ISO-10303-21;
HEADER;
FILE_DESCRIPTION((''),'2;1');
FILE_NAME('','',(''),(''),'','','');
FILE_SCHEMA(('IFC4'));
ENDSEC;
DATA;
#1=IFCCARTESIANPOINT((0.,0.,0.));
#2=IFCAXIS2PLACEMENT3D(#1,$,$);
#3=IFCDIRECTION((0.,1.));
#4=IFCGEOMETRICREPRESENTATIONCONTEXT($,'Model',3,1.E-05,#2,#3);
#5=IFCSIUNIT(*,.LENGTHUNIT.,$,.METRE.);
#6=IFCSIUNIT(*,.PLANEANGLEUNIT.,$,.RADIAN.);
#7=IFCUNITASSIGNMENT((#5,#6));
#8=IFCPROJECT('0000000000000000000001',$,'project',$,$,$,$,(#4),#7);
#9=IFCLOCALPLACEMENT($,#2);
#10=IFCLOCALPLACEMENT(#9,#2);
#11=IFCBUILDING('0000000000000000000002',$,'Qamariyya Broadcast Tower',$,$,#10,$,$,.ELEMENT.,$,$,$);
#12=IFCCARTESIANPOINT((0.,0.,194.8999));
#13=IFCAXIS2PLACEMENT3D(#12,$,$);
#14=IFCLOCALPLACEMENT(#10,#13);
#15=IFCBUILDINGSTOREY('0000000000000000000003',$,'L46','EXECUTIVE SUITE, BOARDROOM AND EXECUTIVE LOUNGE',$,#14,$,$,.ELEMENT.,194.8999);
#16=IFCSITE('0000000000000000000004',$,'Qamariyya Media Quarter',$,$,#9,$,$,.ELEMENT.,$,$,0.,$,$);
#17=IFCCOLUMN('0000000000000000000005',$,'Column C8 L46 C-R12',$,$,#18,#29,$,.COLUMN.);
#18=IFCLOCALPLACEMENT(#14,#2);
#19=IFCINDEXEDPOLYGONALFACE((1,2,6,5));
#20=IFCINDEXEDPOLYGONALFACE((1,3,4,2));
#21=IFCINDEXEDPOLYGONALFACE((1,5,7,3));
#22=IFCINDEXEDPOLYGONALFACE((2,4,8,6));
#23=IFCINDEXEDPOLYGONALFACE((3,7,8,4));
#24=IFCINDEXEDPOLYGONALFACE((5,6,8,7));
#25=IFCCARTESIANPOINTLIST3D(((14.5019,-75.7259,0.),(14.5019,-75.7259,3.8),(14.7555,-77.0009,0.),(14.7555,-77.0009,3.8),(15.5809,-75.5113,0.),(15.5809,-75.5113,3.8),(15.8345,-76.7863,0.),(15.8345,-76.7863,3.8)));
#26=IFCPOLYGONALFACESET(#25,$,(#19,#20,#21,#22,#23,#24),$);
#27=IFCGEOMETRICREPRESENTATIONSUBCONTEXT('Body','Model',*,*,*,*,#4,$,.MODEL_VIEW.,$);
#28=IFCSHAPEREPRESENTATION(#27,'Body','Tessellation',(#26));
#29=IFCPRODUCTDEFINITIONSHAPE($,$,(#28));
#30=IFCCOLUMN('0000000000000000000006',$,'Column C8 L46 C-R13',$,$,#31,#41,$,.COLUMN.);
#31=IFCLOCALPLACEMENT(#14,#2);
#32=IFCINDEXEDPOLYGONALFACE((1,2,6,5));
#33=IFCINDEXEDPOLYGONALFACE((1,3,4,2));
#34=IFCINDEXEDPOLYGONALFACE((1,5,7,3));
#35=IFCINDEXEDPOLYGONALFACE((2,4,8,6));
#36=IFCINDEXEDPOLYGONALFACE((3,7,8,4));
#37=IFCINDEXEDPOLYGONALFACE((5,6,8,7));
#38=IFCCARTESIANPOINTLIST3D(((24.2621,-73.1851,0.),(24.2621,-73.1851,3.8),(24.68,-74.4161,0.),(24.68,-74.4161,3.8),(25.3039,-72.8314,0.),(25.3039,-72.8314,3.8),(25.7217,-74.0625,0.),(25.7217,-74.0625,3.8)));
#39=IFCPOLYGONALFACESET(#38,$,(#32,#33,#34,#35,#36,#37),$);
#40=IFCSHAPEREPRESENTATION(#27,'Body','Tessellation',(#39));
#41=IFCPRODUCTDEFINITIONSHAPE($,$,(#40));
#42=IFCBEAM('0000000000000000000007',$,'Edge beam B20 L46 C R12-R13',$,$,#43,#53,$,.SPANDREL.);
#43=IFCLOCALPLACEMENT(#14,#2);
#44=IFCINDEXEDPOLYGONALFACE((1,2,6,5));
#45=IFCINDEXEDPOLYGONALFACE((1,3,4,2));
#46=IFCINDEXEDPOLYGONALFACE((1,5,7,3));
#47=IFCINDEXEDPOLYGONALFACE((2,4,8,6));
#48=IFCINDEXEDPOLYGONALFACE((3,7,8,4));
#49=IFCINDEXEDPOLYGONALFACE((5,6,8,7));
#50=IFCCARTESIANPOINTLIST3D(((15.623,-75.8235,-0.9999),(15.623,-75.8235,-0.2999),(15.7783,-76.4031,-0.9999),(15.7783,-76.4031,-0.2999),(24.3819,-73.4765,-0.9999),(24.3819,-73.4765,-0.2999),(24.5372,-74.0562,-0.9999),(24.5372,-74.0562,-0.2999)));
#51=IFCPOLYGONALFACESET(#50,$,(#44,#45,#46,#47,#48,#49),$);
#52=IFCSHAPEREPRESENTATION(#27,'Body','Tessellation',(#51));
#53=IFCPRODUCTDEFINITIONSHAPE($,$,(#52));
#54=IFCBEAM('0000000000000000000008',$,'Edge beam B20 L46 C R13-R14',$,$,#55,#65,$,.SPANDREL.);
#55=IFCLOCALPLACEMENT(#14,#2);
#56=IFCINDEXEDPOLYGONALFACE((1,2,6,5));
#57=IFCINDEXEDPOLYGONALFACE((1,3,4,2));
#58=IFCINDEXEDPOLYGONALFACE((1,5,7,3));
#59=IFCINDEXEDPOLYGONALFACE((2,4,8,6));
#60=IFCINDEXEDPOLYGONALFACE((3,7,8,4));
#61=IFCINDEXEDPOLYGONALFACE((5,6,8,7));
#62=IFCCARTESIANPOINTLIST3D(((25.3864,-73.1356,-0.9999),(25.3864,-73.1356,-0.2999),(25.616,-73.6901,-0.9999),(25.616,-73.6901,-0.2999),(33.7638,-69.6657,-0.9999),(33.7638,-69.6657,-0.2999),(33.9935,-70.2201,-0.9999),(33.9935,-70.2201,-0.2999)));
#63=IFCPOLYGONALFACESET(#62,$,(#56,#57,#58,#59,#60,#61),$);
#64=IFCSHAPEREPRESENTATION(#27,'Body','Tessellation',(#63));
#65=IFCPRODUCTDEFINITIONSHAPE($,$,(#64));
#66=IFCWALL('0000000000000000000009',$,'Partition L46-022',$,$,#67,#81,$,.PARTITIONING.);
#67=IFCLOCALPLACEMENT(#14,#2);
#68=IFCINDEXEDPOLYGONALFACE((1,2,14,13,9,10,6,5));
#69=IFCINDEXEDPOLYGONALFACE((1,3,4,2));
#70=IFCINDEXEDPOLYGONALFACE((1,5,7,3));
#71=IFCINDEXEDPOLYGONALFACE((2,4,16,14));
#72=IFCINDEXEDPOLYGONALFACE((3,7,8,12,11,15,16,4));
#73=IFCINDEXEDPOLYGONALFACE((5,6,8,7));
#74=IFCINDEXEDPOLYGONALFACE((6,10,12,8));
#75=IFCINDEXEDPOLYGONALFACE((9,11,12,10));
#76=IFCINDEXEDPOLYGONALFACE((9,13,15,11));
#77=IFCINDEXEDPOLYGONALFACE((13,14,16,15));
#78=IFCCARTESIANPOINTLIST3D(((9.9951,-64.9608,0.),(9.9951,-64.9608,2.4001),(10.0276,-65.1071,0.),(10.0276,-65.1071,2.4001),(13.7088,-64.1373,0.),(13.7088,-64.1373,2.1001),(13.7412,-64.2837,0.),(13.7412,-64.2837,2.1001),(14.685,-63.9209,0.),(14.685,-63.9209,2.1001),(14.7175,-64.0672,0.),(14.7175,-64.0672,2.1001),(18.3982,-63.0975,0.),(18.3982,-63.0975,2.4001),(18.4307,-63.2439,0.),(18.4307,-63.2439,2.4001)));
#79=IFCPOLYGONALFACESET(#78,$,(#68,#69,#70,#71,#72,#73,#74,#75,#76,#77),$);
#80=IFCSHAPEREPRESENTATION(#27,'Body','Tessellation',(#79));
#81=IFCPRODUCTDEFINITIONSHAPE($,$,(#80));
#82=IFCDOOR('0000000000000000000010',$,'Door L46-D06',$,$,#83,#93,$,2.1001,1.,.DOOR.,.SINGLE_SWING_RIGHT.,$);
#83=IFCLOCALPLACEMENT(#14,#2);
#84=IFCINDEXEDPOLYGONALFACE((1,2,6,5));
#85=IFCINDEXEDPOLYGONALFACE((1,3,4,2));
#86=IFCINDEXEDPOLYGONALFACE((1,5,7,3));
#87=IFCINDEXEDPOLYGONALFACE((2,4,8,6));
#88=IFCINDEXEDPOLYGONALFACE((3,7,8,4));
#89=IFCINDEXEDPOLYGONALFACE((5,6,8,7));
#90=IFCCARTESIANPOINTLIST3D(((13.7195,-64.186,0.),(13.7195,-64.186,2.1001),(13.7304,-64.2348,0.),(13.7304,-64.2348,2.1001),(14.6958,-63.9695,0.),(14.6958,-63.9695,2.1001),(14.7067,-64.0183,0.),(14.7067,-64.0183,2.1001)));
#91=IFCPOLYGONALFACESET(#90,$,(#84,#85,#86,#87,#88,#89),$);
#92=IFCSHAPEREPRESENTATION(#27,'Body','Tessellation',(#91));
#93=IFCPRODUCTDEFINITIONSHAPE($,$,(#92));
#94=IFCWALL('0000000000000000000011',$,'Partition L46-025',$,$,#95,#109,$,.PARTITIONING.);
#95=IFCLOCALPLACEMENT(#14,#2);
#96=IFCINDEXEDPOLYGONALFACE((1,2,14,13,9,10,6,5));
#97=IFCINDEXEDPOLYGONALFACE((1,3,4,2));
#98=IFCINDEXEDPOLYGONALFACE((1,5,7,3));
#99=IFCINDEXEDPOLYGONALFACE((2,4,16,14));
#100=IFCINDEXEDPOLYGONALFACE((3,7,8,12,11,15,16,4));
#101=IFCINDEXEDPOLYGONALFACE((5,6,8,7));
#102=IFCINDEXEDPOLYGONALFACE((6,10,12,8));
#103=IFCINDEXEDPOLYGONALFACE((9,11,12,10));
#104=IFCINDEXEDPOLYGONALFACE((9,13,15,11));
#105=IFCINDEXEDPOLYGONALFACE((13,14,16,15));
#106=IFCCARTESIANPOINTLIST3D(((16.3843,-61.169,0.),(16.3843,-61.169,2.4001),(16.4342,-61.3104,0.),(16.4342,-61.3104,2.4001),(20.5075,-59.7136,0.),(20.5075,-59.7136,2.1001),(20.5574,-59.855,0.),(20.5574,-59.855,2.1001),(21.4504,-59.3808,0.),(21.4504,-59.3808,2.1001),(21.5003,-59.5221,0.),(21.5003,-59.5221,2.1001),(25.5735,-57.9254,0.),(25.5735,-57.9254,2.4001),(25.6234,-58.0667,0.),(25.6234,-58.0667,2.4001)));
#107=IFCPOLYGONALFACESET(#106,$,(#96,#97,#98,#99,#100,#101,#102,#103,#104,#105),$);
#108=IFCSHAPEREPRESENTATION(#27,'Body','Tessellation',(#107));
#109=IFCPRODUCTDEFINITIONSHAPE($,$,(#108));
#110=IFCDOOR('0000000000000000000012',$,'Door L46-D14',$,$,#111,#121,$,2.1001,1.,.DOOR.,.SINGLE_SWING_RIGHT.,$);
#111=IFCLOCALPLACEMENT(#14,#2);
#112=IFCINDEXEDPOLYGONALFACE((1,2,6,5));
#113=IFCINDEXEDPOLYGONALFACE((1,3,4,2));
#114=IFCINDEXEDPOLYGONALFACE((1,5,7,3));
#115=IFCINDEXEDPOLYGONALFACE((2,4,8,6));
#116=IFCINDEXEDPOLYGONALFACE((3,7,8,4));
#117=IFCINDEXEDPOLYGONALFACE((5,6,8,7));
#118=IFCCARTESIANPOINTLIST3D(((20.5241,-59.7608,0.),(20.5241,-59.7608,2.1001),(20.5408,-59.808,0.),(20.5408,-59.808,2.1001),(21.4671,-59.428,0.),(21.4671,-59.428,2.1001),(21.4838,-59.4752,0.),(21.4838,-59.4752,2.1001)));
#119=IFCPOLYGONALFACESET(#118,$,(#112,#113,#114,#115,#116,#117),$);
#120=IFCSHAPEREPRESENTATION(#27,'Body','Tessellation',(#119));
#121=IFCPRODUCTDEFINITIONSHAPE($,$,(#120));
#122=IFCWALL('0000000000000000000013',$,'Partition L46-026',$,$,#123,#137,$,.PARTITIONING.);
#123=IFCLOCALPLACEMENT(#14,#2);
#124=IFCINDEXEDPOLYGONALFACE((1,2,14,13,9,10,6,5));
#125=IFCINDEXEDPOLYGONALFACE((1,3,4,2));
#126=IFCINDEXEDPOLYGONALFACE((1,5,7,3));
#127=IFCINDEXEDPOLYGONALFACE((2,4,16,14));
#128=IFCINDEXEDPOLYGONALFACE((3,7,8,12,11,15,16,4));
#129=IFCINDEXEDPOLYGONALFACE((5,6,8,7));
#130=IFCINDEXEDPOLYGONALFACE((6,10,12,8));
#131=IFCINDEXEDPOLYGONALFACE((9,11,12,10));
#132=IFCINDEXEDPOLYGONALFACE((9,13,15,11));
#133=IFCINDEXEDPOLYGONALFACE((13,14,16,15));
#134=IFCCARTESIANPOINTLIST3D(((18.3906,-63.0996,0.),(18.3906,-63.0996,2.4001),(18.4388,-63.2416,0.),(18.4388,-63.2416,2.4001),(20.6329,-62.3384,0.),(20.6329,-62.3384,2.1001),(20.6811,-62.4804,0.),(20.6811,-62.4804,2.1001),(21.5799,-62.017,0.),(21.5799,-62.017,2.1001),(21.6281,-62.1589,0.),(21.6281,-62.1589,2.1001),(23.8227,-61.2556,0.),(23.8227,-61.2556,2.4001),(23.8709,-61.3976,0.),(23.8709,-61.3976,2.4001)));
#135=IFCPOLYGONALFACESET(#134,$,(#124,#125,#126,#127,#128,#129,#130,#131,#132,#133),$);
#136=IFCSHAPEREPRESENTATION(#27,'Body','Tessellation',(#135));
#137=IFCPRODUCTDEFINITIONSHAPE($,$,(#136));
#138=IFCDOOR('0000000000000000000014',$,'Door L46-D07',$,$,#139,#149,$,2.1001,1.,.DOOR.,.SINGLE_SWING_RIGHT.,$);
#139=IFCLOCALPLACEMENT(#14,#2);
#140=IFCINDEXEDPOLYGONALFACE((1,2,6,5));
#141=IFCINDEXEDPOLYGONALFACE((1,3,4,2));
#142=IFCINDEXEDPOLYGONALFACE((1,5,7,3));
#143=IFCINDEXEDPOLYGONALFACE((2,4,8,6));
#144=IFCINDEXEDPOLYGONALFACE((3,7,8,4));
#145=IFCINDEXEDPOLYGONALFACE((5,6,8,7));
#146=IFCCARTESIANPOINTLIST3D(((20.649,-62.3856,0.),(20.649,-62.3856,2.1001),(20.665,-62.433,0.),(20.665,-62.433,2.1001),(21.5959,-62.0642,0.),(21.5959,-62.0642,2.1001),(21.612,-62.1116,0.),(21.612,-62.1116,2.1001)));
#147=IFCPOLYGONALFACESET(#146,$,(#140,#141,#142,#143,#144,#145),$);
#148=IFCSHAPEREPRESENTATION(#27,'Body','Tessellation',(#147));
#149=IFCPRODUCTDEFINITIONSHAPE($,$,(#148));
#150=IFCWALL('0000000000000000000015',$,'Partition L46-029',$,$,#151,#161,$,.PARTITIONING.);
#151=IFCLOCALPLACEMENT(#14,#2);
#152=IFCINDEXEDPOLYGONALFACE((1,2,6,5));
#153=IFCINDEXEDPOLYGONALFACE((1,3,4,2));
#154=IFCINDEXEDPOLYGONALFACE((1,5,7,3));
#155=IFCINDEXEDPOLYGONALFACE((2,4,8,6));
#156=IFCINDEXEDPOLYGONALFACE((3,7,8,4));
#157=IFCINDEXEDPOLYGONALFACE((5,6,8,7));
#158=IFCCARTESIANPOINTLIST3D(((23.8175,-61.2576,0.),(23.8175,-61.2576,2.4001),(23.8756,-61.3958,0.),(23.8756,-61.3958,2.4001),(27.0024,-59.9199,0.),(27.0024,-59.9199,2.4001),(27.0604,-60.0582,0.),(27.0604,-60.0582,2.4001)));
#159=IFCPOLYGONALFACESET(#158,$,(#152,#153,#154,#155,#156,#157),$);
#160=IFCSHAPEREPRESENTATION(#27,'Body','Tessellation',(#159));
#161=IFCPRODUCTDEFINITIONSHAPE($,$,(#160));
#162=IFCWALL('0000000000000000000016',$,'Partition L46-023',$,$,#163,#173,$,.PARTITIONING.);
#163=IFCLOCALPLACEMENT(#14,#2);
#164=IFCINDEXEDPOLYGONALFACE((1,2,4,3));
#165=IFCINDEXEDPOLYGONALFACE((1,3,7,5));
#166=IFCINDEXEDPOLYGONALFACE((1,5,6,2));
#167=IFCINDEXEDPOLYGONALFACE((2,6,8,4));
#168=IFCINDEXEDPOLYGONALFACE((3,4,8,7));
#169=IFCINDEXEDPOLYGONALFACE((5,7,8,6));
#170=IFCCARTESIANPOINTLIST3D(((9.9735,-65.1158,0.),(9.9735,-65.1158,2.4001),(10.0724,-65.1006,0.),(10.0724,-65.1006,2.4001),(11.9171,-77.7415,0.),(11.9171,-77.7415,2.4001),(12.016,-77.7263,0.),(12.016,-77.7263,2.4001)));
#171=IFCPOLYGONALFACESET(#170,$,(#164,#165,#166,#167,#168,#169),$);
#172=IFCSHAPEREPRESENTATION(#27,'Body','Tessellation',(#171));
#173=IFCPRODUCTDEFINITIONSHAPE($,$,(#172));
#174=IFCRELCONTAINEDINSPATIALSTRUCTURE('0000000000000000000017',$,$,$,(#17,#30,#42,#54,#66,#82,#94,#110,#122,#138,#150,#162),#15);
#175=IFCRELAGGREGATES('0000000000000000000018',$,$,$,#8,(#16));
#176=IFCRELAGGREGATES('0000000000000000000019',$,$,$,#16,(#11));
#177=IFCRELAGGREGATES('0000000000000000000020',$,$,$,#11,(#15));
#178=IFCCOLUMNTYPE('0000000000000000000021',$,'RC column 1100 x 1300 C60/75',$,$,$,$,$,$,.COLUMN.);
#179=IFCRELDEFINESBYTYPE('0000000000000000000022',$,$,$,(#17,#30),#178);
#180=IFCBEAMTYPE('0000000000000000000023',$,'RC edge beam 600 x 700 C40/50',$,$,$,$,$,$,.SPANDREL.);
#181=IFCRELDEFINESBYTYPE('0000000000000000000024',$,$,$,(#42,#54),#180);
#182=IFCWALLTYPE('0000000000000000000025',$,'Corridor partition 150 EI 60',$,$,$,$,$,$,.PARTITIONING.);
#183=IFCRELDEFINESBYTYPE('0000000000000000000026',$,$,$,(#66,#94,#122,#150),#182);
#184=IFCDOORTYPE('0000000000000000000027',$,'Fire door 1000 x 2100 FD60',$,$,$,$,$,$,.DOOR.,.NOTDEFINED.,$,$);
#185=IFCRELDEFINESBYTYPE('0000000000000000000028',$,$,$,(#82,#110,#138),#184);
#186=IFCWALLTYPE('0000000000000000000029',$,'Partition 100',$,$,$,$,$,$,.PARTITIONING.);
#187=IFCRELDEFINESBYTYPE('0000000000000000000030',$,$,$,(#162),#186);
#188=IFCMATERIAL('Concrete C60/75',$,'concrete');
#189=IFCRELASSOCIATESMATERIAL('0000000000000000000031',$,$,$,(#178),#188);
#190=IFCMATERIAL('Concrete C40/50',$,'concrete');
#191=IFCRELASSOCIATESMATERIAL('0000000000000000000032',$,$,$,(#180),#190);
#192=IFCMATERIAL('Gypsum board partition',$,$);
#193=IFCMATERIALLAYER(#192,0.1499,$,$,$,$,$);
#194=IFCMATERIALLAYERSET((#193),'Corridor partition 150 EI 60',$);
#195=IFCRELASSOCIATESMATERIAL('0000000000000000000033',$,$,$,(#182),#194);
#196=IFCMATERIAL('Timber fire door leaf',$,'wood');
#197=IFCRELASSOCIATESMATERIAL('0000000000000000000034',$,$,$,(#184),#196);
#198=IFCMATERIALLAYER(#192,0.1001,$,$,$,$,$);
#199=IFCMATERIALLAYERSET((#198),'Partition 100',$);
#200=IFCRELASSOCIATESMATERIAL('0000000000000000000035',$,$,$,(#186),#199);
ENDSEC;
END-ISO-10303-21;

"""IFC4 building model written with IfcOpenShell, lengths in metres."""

from ifc_helpers import new_model, si_unit, direction, frame, frame_2d, origin, origin_2d, place, context, subcontext, project, spatial, rectangle, extrude, material, layer, layer_set, material_profile, profile_set, type_object, element, fill, save


model = new_model("IFC4")

# Units and contexts
model_context = context("Model", 3, precision=1e-05, world=origin(), true_north=direction((0.0, 1.0)))
body_context = subcontext(model_context, "Body", "Model", "MODEL_VIEW")
ifc_project = project(units=[si_unit("LENGTHUNIT", "METRE"), si_unit("PLANEANGLEUNIT", "RADIAN")], contexts=[model_context])

# Site, building, storey
site_placement = place(None, origin())
site = spatial("IfcSite", under=ifc_project, at=site_placement, Name="Qamariyya Media Quarter", CompositionType="ELEMENT", RefElevation=0.0)
building_placement = place(site_placement, origin())
building = spatial("IfcBuilding", under=site, at=building_placement, Name="Qamariyya Broadcast Tower", CompositionType="ELEMENT")
storey_placement = place(building_placement, frame((0.0, 0.0, 194.8999)))
storey = spatial("IfcBuildingStorey", under=building, at=storey_placement, Name="L46", Description="EXECUTIVE SUITE, BOARDROOM AND EXECUTIVE LOUNGE", CompositionType="ELEMENT", Elevation=194.8999)

# Columns
ifc_material_1 = material(Name="Concrete C60/75", Category="concrete")
ifc_material_profile_1 = material_profile(ifc_material_1, rectangle(XDim=1.1001, YDim=1.3, at=origin_2d()))
ifc_profile_set_1 = profile_set([ifc_material_profile_1], Name="Concrete C60/75")
column_type = type_object("IfcColumnType", Name="RC column 1100 x 1300 C60/75", PredefinedType="COLUMN", material=ifc_profile_set_1)
for number, where, z_axis, x_axis, name in (
    (1, (15.1682, -76.2561, 0.0), (0.0, 0.0, 1.0), (0.980785, 0.19509, 0.0), "Column C8 L46 C-R12"),
    (2, (24.9919, -73.6238, 0.0), (0.0, 0.0, 1.0), (0.94693, 0.321439, 0.0), "Column C8 L46 C-R13"),
):
    element("IfcColumn", number, at=place(storey_placement, frame(where, z_axis=z_axis, x_axis=x_axis)), inside=storey, type_object=column_type, Name=name, PredefinedType="COLUMN", context=body_context, shape_type="SweptSolid", body=[
        extrude(rectangle(XDim=1.1001, YDim=1.3, at=origin_2d()), origin(), (0.0, 0.0, 1.0), 3.8),
    ])

# Beams
ifc_material_2 = material(Name="Concrete C40/50", Category="concrete")
ifc_material_profile_2 = material_profile(ifc_material_2, rectangle(XDim=0.6001, YDim=0.7, at=origin_2d()))
ifc_profile_set_2 = profile_set([ifc_material_profile_2], Name="Concrete C40/50")
beam_type = type_object("IfcBeamType", Name="RC edge beam 600 x 700 C40/50", PredefinedType="SPANDREL", material=ifc_profile_set_2)
beam_1_placement = place(storey_placement, frame((15.7007, -76.1133, -0.6499), z_axis=(0.965925, 0.25882, 0.0), x_axis=(-0.25882, 0.965925, 0.0)))
element("IfcBeam", 3, at=beam_1_placement, inside=storey, type_object=beam_type, Name="Edge beam B20 L46 C R12-R13", PredefinedType="SPANDREL", context=body_context, shape_type="SweptSolid", body=[
    extrude(rectangle(XDim=0.6001, YDim=0.7, at=origin_2d()), origin(), (0.0, 0.0, 1.0), 9.0679),
])
beam_2_placement = place(storey_placement, frame((25.5012, -73.4128, -0.6499), z_axis=(0.923883, 0.382676, 0.0), x_axis=(-0.382676, 0.923883, 0.0)))
element("IfcBeam", 4, at=beam_2_placement, inside=storey, type_object=beam_type, Name="Edge beam B20 L46 C R13-R14", PredefinedType="SPANDREL", context=body_context, shape_type="SweptSolid", body=[
    extrude(rectangle(XDim=0.6001, YDim=0.7, at=origin_2d()), origin(), (0.0, 0.0, 1.0), 9.0676),
])

# Walls, openings, doors
ifc_material_3 = material(Name="Gypsum board partition")
ifc_layer_1 = layer(ifc_material_3, 0.1499)
ifc_layer_set_1 = layer_set([ifc_layer_1], Name="Corridor partition 150 EI 60")
wall_type_1 = type_object("IfcWallType", Name="Corridor partition 150 EI 60", PredefinedType="PARTITIONING", material=ifc_layer_set_1)
wall_1_placement = place(storey_placement, frame((18.4146, -63.1707, 0.0), z_axis=(0.0, 0.0, 1.0), x_axis=(-0.976287, -0.21648, 0.0)))
wall_1 = element("IfcWall", 5, at=wall_1_placement, inside=storey, type_object=wall_type_1, Name="Partition L46-022", PredefinedType="PARTITIONING", context=body_context, shape_type="SweptSolid", body=[
    extrude(rectangle(XDim=8.6072, YDim=0.1499, at=frame_2d((4.3037, 0.0))), origin(), (0.0, 0.0, 1.0), 2.4001),
])
opening_1_placement = place(wall_1_placement, frame((3.8035, 0.0, 0.0)))
opening_1 = element("IfcOpeningElement", 6, at=opening_1_placement, cuts=wall_1, PredefinedType="OPENING", context=body_context, shape_type="SweptSolid", body=[
    extrude(rectangle(XDim=1.0, YDim=2.1001, at=frame_2d((0.5, 1.05))), frame((0.0, 0.085, 0.0), z_axis=(0.0, -1.0, 0.0), x_axis=(1.0, 0.0, 0.0)), (0.0, 0.0, 1.0), 0.1699),
])
ifc_material_4 = material(Name="Timber fire door leaf", Category="wood")
door_type = type_object("IfcDoorType", Name="Fire door 1000 x 2100 FD60", OperationType="NOTDEFINED", PredefinedType="DOOR", material=ifc_material_4)
door_1_placement = place(opening_1_placement, origin())
door_1 = element("IfcDoor", 7, at=door_1_placement, inside=storey, type_object=door_type, Name="Door L46-D06", OperationType="SINGLE_SWING_RIGHT", OverallHeight=2.1001, OverallWidth=1.0, PredefinedType="DOOR", context=body_context, shape_type="SweptSolid", body=[
    extrude(rectangle(XDim=1.0, YDim=2.1001, at=frame_2d((0.5, 1.05))), frame((0.0, 0.0249, 0.0), z_axis=(0.0, -1.0, 0.0), x_axis=(1.0, 0.0, 0.0)), (0.0, 0.0, 1.0), 0.05),
])
fill(opening_1, door_1)
wall_2_placement = place(storey_placement, frame((16.4092, -61.2397, 0.0), z_axis=(0.0, 0.0, 1.0), x_axis=(0.942977, 0.332857, 0.0)))
wall_2 = element("IfcWall", 8, at=wall_2_placement, inside=storey, type_object=wall_type_1, Name="Partition L46-025", PredefinedType="PARTITIONING", context=body_context, shape_type="SweptSolid", body=[
    extrude(rectangle(XDim=9.7449, YDim=0.1499, at=frame_2d((4.8726, 0.0))), origin(), (0.0, 0.0, 1.0), 2.4001),
])
opening_2_placement = place(wall_2_placement, frame((4.3726, 0.0, 0.0)))
opening_2 = element("IfcOpeningElement", 9, at=opening_2_placement, cuts=wall_2, PredefinedType="OPENING", context=body_context, shape_type="SweptSolid", body=[
    extrude(rectangle(XDim=1.0, YDim=2.1001, at=frame_2d((0.5, 1.05))), frame((0.0, 0.085, 0.0), z_axis=(0.0, -1.0, 0.0), x_axis=(1.0, 0.0, 0.0)), (0.0, 0.0, 1.0), 0.1699),
])
door_2_placement = place(opening_2_placement, origin())
door_2 = element("IfcDoor", 10, at=door_2_placement, inside=storey, type_object=door_type, Name="Door L46-D14", OperationType="SINGLE_SWING_RIGHT", OverallHeight=2.1001, OverallWidth=1.0, PredefinedType="DOOR", context=body_context, shape_type="SweptSolid", body=[
    extrude(rectangle(XDim=1.0, YDim=2.1001, at=frame_2d((0.5, 1.05))), frame((0.0, 0.0249, 0.0), z_axis=(0.0, -1.0, 0.0), x_axis=(1.0, 0.0, 0.0)), (0.0, 0.0, 1.0), 0.05),
])
fill(opening_2, door_2)
wall_3_placement = place(storey_placement, frame((23.8467, -61.3267, 0.0), z_axis=(0.0, 0.0, 1.0), x_axis=(-0.946928, -0.321445, 0.0)))
wall_3 = element("IfcWall", 11, at=wall_3_placement, inside=storey, type_object=wall_type_1, Name="Partition L46-026", PredefinedType="PARTITIONING", context=body_context, shape_type="SweptSolid", body=[
    extrude(rectangle(XDim=5.7366, YDim=0.1499, at=frame_2d((2.8682, 0.0))), origin(), (0.0, 0.0, 1.0), 2.4001),
])
opening_3_placement = place(wall_3_placement, frame((2.3684, 0.0, 0.0)))
opening_3 = element("IfcOpeningElement", 12, at=opening_3_placement, cuts=wall_3, PredefinedType="OPENING", context=body_context, shape_type="SweptSolid", body=[
    extrude(rectangle(XDim=1.0, YDim=2.1001, at=frame_2d((0.5, 1.05))), frame((0.0, 0.085, 0.0), z_axis=(0.0, -1.0, 0.0), x_axis=(1.0, 0.0, 0.0)), (0.0, 0.0, 1.0), 0.1699),
])
door_3_placement = place(opening_3_placement, origin())
door_3 = element("IfcDoor", 13, at=door_3_placement, inside=storey, type_object=door_type, Name="Door L46-D07", OperationType="SINGLE_SWING_RIGHT", OverallHeight=2.1001, OverallWidth=1.0, PredefinedType="DOOR", context=body_context, shape_type="SweptSolid", body=[
    extrude(rectangle(XDim=1.0, YDim=2.1001, at=frame_2d((0.5, 1.05))), frame((0.0, 0.0249, 0.0), z_axis=(0.0, -1.0, 0.0), x_axis=(1.0, 0.0, 0.0)), (0.0, 0.0, 1.0), 0.05),
])
fill(opening_3, door_3)

# Walls
wall_4_placement = place(storey_placement, frame((23.8467, -61.3267, 0.0), z_axis=(0.0, 0.0, 1.0), x_axis=(0.92198, 0.387238, 0.0)))
element("IfcWall", 14, at=wall_4_placement, inside=storey, type_object=wall_type_1, Name="Partition L46-029", PredefinedType="PARTITIONING", context=body_context, shape_type="SweptSolid", body=[
    extrude(rectangle(XDim=3.4543, YDim=0.1499, at=frame_2d((1.7271, 0.0))), origin(), (0.0, 0.0, 1.0), 2.4001),
])
ifc_layer_2 = layer(ifc_material_3, 0.1001)
ifc_layer_set_2 = layer_set([ifc_layer_2], Name="Partition 100")
wall_type_2 = type_object("IfcWallType", Name="Partition 100", PredefinedType="PARTITIONING", material=ifc_layer_set_2)
wall_5_placement = place(storey_placement, frame((11.9666, -77.7339, 0.0), z_axis=(0.0, 0.0, 1.0), x_axis=(-0.152148, 0.988358, 0.0)))
element("IfcWall", 15, at=wall_5_placement, inside=storey, type_object=wall_type_2, Name="Partition L46-023", PredefinedType="PARTITIONING", context=body_context, shape_type="SweptSolid", body=[
    extrude(rectangle(XDim=12.7744, YDim=0.1001, at=frame_2d((6.3872, 0.0))), origin(), (0.0, 0.0, 1.0), 2.4001),
])

save(model, "model.ifc")
